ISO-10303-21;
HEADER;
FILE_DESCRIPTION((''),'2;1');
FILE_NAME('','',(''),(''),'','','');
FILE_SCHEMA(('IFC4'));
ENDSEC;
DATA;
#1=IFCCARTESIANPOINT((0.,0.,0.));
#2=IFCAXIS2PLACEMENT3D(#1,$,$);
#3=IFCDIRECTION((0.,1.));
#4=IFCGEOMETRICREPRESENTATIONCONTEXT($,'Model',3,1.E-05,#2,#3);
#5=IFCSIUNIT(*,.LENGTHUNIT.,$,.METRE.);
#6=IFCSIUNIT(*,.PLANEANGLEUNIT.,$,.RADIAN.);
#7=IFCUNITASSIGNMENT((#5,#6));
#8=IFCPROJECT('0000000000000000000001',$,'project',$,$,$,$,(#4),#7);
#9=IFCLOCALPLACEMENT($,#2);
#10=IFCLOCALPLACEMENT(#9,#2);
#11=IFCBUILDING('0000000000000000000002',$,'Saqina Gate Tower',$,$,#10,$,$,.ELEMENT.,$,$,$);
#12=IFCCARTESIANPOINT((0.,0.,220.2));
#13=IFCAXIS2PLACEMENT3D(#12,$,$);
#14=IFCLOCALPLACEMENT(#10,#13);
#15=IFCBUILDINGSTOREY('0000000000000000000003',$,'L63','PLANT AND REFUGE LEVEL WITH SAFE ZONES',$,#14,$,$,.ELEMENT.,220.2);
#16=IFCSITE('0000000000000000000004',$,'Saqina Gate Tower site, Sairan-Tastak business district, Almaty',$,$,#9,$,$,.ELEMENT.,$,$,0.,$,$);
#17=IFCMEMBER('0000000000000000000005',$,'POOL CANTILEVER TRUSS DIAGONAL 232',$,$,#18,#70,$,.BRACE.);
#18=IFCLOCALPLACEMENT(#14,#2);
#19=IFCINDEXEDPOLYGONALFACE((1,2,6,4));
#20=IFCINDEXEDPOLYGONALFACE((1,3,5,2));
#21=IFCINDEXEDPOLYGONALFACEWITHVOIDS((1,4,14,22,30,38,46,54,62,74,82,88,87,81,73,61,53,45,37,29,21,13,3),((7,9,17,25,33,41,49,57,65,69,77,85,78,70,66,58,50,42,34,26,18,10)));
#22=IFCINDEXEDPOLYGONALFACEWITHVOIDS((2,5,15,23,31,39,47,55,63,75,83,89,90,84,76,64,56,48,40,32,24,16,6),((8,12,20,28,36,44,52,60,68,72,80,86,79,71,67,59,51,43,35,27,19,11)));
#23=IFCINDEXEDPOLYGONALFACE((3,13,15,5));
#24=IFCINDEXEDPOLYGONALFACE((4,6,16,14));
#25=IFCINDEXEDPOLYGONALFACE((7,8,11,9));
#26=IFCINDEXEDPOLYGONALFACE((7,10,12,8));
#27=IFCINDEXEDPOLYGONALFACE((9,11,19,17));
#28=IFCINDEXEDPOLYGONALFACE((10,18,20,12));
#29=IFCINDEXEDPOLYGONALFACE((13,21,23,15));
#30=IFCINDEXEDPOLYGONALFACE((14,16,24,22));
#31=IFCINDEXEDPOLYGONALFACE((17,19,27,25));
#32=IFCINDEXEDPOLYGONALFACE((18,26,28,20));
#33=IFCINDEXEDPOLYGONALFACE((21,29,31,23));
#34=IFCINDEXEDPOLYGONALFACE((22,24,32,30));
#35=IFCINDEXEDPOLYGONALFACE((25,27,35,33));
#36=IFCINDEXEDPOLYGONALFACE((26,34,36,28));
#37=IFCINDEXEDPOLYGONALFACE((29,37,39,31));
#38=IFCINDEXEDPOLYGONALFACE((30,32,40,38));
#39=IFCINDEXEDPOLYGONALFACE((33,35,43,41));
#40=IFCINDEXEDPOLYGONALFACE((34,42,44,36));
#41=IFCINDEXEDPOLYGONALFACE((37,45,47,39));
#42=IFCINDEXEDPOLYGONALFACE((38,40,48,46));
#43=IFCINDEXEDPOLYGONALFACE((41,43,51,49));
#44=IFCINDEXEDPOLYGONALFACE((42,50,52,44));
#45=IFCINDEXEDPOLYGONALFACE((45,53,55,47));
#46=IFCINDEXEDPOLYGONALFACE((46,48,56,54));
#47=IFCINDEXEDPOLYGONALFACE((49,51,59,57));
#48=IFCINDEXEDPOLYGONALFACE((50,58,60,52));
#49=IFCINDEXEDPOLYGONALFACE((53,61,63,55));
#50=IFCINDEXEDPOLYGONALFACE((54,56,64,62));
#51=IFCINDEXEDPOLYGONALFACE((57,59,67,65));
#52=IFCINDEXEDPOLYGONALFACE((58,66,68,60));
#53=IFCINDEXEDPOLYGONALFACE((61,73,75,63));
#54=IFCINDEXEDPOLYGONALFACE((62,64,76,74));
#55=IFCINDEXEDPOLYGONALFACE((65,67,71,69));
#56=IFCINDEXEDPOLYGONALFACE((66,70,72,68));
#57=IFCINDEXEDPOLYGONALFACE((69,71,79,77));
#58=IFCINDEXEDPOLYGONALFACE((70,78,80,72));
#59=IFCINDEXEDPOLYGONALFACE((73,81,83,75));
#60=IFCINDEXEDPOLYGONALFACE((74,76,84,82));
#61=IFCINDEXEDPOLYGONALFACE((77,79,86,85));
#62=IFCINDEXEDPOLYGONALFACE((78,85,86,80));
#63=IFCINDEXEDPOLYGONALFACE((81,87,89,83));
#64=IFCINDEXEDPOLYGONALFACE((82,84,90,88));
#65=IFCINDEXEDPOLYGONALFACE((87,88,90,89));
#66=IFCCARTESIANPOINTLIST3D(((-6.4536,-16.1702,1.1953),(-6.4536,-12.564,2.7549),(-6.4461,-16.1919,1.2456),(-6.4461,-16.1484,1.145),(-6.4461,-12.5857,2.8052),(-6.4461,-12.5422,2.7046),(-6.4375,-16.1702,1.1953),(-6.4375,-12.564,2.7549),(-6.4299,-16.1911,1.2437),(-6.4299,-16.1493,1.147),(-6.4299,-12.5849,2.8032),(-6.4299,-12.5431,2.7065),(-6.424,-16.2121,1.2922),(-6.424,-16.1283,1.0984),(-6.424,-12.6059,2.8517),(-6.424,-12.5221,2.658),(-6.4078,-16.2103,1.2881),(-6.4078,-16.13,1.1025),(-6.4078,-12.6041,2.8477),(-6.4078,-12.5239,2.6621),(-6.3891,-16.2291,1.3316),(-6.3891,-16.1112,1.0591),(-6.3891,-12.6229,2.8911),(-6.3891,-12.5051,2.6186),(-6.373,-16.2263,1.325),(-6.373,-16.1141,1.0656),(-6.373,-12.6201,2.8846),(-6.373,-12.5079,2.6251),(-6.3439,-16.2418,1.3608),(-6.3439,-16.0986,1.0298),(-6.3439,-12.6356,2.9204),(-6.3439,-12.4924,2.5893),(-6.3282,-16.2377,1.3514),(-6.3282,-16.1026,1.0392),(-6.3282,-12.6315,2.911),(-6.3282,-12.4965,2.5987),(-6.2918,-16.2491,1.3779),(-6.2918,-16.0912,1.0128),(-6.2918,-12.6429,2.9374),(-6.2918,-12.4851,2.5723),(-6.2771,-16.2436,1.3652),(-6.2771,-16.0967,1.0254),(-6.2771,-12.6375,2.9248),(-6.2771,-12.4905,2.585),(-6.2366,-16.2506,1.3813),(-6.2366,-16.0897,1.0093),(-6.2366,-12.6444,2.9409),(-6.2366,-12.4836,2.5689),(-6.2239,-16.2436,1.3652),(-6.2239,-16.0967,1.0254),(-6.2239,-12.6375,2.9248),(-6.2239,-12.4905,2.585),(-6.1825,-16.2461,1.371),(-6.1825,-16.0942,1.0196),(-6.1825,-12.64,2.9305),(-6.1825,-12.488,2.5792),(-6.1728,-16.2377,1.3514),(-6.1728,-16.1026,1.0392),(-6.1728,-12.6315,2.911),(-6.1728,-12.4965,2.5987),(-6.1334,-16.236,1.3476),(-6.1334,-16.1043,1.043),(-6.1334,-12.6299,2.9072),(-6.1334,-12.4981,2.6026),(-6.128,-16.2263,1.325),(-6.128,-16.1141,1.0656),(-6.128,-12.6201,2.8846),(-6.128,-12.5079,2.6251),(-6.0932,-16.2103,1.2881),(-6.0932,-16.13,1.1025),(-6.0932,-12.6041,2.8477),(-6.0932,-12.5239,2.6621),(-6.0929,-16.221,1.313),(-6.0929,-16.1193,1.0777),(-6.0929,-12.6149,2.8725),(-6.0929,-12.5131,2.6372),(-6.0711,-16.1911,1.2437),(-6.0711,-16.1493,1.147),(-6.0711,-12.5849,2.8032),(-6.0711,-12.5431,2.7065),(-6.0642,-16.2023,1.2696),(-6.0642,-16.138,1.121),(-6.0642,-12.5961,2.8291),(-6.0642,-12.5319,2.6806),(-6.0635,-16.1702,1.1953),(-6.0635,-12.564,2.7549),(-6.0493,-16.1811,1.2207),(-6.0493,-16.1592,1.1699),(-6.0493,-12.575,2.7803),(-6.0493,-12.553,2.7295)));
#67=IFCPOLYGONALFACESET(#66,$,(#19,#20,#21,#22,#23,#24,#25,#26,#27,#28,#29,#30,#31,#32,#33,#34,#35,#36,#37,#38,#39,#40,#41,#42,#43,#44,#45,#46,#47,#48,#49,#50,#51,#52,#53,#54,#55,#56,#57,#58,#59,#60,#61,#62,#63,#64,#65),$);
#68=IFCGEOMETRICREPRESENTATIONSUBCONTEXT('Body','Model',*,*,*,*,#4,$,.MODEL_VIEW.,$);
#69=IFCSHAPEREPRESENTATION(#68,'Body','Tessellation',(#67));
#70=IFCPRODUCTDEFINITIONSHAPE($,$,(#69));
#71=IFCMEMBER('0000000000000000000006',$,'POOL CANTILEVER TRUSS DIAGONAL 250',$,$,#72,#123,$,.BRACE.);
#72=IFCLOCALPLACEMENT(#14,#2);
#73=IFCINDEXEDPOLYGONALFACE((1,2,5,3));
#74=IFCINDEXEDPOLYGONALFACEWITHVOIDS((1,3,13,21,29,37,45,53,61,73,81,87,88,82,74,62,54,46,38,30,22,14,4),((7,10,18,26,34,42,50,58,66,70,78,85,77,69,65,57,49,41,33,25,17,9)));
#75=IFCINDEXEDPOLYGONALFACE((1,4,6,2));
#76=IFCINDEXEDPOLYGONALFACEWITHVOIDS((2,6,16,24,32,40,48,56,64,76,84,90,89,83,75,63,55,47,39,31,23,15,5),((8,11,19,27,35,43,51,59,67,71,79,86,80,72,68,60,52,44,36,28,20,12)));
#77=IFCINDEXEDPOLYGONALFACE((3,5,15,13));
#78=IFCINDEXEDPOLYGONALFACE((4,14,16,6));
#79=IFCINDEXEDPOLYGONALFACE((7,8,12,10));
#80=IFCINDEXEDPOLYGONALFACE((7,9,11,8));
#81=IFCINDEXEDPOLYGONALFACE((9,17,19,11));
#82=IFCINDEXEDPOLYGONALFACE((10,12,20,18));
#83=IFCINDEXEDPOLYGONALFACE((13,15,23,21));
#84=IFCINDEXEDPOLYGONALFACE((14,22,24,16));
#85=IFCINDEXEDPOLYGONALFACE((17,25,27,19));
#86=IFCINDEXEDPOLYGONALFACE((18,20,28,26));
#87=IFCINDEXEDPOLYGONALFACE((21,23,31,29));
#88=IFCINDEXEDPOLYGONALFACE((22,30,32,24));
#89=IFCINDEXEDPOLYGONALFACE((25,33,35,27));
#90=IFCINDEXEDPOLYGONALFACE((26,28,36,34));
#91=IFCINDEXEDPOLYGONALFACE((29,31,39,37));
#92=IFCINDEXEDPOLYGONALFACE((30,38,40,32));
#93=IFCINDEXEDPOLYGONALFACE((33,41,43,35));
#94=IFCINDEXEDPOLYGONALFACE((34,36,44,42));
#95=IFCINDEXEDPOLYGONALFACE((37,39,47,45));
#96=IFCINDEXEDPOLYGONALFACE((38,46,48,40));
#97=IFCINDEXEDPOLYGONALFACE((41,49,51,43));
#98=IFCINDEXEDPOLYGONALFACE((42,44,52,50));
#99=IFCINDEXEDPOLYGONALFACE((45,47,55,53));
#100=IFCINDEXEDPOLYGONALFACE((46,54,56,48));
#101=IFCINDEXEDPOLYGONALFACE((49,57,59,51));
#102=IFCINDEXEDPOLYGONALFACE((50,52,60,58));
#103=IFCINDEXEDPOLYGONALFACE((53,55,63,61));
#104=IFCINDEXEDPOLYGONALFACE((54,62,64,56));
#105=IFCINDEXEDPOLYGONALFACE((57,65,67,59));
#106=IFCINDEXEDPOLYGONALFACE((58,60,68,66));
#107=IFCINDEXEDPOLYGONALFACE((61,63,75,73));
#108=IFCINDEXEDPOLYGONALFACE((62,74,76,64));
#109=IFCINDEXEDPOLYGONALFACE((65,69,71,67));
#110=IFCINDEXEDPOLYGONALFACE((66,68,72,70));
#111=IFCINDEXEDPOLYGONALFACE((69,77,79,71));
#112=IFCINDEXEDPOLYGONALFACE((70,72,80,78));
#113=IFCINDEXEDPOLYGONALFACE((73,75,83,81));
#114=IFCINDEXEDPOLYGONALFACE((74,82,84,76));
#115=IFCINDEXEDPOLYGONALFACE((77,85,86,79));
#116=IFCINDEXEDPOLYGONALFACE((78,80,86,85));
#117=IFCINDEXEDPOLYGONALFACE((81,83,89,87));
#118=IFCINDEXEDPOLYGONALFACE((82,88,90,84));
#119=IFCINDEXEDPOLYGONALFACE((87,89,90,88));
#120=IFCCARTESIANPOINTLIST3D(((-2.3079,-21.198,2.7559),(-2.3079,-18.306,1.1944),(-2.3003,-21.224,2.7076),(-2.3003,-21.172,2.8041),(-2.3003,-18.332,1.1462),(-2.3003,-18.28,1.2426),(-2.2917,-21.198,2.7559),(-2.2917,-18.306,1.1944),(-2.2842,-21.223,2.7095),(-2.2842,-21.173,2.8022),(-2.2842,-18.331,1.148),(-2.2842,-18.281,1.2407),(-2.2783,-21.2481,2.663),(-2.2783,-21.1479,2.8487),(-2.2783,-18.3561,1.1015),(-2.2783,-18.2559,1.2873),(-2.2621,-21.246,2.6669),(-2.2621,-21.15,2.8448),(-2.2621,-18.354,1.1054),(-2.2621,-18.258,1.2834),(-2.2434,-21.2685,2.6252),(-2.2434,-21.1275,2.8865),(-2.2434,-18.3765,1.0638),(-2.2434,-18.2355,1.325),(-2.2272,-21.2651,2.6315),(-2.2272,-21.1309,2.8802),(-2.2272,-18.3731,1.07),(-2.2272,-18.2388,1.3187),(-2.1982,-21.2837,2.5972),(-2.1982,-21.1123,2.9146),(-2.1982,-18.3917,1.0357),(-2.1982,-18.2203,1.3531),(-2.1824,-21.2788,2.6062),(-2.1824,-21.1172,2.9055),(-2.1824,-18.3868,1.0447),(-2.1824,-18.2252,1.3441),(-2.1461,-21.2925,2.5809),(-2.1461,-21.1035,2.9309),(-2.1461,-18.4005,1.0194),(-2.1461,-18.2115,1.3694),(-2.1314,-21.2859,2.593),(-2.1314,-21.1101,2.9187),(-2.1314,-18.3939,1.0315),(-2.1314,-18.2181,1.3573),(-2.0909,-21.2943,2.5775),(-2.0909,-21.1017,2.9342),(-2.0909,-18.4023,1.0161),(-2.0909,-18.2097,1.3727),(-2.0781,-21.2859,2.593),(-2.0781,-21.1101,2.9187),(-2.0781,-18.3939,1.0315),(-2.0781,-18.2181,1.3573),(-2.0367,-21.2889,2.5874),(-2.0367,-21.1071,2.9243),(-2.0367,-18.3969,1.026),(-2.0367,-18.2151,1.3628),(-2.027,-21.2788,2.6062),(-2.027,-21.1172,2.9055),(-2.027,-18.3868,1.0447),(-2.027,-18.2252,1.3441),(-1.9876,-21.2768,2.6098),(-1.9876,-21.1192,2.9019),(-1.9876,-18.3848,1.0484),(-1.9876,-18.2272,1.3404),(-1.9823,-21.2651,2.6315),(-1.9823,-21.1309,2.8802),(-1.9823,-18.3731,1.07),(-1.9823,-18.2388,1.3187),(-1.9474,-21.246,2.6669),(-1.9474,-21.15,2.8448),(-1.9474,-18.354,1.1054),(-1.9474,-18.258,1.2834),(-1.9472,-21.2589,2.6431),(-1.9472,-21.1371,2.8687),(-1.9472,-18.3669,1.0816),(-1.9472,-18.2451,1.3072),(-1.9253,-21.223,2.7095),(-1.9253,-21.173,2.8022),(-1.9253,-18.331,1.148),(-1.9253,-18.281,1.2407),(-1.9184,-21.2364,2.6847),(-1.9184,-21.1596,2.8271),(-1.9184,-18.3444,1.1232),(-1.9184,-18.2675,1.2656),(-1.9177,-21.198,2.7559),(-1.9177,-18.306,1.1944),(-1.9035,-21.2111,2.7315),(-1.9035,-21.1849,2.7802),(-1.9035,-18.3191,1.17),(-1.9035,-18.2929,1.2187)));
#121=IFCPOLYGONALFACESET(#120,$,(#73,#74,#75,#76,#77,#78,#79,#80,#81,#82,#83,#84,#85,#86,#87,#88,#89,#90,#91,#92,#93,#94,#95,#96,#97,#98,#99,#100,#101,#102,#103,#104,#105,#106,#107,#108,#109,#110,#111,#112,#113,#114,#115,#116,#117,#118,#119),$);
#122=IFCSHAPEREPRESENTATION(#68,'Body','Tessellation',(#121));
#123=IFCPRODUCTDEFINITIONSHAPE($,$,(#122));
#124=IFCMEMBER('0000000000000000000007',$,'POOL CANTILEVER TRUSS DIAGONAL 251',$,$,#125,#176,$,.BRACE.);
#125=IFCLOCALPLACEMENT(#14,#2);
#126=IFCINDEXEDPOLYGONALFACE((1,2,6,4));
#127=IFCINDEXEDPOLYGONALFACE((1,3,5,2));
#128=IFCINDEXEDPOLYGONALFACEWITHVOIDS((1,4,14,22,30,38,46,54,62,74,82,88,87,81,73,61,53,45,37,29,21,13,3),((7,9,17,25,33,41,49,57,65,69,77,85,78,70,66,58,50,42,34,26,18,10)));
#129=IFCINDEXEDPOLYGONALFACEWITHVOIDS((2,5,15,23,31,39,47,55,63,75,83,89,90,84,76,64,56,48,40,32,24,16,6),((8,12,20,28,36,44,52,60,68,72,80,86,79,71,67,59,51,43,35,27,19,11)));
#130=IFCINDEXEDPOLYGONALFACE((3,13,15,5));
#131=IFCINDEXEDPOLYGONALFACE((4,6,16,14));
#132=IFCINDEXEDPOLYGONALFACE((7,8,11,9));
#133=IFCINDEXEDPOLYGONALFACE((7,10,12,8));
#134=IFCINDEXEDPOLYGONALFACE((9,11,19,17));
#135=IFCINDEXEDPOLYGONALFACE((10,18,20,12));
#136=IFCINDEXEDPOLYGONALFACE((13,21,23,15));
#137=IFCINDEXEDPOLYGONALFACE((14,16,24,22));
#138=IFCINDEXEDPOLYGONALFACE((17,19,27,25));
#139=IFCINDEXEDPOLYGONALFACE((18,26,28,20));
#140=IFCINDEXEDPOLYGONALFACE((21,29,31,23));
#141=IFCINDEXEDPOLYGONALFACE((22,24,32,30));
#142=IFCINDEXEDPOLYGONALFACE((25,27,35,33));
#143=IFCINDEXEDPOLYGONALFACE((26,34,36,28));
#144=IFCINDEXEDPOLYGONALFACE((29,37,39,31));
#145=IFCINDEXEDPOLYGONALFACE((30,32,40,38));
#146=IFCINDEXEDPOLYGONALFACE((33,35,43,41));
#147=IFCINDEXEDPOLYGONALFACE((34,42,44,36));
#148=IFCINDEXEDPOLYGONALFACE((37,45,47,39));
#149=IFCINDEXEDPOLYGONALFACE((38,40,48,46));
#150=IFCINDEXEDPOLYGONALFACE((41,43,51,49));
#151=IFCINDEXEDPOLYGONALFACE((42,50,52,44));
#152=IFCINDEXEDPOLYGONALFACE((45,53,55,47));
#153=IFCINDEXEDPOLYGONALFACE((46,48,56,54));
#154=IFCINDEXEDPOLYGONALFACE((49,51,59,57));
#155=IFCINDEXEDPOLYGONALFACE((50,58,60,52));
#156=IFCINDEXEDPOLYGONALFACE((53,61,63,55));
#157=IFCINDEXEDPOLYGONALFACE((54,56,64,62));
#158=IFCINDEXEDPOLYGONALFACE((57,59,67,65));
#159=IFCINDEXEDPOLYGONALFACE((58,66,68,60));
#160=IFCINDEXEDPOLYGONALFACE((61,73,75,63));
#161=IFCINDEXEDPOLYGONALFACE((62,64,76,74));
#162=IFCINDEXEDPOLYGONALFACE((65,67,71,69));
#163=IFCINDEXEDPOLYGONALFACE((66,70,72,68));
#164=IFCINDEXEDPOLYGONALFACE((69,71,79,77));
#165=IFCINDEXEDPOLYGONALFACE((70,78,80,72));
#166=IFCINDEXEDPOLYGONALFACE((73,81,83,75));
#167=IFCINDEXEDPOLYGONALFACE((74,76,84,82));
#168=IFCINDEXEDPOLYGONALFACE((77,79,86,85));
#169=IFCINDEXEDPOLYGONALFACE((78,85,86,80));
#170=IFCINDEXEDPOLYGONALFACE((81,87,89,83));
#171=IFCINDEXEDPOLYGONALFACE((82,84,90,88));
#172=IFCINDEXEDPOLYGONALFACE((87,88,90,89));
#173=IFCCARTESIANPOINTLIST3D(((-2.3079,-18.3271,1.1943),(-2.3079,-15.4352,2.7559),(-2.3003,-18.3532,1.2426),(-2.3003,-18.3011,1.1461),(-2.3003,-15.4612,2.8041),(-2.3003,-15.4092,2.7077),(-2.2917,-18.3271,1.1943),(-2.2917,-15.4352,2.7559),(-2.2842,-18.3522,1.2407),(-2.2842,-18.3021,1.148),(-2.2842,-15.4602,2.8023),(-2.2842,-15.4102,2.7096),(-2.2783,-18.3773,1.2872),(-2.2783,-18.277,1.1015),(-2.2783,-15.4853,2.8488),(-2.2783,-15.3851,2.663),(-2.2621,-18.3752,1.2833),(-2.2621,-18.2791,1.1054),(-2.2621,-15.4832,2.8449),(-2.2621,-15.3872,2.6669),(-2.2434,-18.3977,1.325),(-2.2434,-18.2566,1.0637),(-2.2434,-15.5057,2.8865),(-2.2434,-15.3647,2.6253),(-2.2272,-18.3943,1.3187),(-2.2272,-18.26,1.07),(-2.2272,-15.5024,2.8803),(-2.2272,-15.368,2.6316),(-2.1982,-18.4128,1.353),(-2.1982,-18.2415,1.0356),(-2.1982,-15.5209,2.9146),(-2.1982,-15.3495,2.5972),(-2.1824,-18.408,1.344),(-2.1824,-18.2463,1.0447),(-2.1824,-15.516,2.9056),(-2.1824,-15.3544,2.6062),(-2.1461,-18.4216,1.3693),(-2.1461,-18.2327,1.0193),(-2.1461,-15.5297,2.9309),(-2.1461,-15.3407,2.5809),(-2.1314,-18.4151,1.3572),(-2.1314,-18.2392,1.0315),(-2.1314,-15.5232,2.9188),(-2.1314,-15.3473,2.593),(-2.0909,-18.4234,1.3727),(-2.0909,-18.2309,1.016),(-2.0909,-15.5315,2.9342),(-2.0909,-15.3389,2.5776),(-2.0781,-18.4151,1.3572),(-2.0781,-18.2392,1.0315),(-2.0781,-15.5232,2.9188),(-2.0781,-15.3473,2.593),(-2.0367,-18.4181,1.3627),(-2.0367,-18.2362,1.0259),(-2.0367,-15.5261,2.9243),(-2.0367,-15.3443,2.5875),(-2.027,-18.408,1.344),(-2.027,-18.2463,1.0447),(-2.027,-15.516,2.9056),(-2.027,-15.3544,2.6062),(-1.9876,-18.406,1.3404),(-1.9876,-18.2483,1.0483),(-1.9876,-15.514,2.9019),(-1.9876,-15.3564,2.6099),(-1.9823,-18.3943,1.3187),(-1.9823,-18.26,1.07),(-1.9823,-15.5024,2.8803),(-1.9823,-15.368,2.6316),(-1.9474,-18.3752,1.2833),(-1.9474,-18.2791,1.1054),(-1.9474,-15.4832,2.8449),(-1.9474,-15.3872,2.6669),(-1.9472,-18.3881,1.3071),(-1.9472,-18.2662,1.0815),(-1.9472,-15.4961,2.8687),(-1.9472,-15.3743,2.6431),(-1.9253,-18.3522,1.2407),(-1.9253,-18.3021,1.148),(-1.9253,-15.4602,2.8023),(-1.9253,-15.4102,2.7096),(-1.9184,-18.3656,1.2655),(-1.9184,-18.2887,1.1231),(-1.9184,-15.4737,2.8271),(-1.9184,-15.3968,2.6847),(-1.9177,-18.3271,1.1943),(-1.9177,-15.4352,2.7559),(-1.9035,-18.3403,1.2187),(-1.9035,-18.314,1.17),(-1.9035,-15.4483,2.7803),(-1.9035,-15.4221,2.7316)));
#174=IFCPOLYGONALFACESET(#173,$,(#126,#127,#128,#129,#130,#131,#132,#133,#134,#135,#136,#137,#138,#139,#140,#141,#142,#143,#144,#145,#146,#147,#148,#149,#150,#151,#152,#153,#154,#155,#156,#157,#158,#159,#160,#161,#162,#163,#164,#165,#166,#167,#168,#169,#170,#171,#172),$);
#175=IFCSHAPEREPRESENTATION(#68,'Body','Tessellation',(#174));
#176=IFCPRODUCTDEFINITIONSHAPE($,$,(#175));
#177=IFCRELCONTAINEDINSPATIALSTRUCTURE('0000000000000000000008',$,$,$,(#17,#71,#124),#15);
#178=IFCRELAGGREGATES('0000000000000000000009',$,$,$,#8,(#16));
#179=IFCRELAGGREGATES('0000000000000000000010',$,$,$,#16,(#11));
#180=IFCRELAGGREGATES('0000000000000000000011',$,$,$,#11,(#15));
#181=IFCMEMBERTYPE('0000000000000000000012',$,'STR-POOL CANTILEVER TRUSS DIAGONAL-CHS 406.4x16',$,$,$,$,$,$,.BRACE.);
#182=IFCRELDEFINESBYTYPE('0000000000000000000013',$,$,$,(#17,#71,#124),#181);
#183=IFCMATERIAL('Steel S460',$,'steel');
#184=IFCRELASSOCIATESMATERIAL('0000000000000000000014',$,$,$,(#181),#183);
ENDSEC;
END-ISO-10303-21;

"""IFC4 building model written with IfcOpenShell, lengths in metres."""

from ifc_helpers import new_model, si_unit, direction, frame, origin, origin_2d, place, context, subcontext, project, spatial, hollow_circle, extrude, material, material_profile, profile_set, type_object, element, save


model = new_model("IFC4")

# Units and contexts
model_context = context("Model", 3, precision=1e-05, world=origin(), true_north=direction((0.0, 1.0)))
body_context = subcontext(model_context, "Body", "Model", "MODEL_VIEW")
ifc_project = project(units=[si_unit("LENGTHUNIT", "METRE"), si_unit("PLANEANGLEUNIT", "RADIAN")], contexts=[model_context])

# Site, building, storey
site_placement = place(None, origin())
site = spatial("IfcSite", under=ifc_project, at=site_placement, Name="Saqina Gate Tower site, Sairan-Tastak business district, Almaty", CompositionType="ELEMENT", RefElevation=0.0)
building_placement = place(site_placement, origin())
building = spatial("IfcBuilding", under=site, at=building_placement, Name="Saqina Gate Tower", CompositionType="ELEMENT")
storey_placement = place(building_placement, frame((0.0, 0.0, 220.2)))
storey = spatial("IfcBuildingStorey", under=building, at=storey_placement, Name="L63", Description="PLANT AND REFUGE LEVEL WITH SAFE ZONES", CompositionType="ELEMENT", Elevation=220.2)

# Members
ifc_material_1 = material(Name="Steel S460", Category="steel")
ifc_material_profile_1 = material_profile(ifc_material_1, hollow_circle(Radius=0.2031, WallThickness=0.0161, at=origin_2d()), Name="CHS 406.4x16")
ifc_profile_set_1 = profile_set([ifc_material_profile_1], Name="Steel S460")
member_type_1 = type_object("IfcMemberType", Name="STR-POOL CANTILEVER TRUSS DIAGONAL-CHS 406.4x16", PredefinedType="BRACE", material=ifc_profile_set_1)
for number, where, z_axis, x_axis, name in (
    (1, (-6.2505, -16.1702, 1.1953), (0.0, 0.917845, 0.396939), (-1.0, 0.0, 0.0), "POOL CANTILEVER TRUSS DIAGONAL 232"),
):
    element("IfcMember", number, at=place(storey_placement, frame(where, z_axis=z_axis, x_axis=x_axis)), inside=storey, type_object=member_type_1, Name=name, PredefinedType="BRACE", context=body_context, shape_type="SweptSolid", body=[
        extrude(hollow_circle(Radius=0.2031, WallThickness=0.0161, at=origin_2d()), origin(), (0.0, 0.0, 1.0), 3.929),
    ])
for number, where, z_axis, x_axis, name in (
    (2, (-2.1047, -21.198, 2.7559), (0.0, 0.879931, -0.475101), (-1.0, 0.0, 0.0), "POOL CANTILEVER TRUSS DIAGONAL 250"),
    (3, (-2.1047, -18.3271, 1.1943), (0.0, 0.879915, 0.475132), (-1.0, 0.0, 0.0), "POOL CANTILEVER TRUSS DIAGONAL 251"),
):
    element("IfcMember", number, at=place(storey_placement, frame(where, z_axis=z_axis, x_axis=x_axis)), inside=storey, type_object=member_type_1, Name=name, PredefinedType="BRACE", context=body_context, shape_type="SweptSolid", body=[
        extrude(hollow_circle(Radius=0.2031, WallThickness=0.0161, at=origin_2d()), origin(), (0.0, 0.0, 1.0), 3.2866),
    ])

save(model, "model.ifc")
